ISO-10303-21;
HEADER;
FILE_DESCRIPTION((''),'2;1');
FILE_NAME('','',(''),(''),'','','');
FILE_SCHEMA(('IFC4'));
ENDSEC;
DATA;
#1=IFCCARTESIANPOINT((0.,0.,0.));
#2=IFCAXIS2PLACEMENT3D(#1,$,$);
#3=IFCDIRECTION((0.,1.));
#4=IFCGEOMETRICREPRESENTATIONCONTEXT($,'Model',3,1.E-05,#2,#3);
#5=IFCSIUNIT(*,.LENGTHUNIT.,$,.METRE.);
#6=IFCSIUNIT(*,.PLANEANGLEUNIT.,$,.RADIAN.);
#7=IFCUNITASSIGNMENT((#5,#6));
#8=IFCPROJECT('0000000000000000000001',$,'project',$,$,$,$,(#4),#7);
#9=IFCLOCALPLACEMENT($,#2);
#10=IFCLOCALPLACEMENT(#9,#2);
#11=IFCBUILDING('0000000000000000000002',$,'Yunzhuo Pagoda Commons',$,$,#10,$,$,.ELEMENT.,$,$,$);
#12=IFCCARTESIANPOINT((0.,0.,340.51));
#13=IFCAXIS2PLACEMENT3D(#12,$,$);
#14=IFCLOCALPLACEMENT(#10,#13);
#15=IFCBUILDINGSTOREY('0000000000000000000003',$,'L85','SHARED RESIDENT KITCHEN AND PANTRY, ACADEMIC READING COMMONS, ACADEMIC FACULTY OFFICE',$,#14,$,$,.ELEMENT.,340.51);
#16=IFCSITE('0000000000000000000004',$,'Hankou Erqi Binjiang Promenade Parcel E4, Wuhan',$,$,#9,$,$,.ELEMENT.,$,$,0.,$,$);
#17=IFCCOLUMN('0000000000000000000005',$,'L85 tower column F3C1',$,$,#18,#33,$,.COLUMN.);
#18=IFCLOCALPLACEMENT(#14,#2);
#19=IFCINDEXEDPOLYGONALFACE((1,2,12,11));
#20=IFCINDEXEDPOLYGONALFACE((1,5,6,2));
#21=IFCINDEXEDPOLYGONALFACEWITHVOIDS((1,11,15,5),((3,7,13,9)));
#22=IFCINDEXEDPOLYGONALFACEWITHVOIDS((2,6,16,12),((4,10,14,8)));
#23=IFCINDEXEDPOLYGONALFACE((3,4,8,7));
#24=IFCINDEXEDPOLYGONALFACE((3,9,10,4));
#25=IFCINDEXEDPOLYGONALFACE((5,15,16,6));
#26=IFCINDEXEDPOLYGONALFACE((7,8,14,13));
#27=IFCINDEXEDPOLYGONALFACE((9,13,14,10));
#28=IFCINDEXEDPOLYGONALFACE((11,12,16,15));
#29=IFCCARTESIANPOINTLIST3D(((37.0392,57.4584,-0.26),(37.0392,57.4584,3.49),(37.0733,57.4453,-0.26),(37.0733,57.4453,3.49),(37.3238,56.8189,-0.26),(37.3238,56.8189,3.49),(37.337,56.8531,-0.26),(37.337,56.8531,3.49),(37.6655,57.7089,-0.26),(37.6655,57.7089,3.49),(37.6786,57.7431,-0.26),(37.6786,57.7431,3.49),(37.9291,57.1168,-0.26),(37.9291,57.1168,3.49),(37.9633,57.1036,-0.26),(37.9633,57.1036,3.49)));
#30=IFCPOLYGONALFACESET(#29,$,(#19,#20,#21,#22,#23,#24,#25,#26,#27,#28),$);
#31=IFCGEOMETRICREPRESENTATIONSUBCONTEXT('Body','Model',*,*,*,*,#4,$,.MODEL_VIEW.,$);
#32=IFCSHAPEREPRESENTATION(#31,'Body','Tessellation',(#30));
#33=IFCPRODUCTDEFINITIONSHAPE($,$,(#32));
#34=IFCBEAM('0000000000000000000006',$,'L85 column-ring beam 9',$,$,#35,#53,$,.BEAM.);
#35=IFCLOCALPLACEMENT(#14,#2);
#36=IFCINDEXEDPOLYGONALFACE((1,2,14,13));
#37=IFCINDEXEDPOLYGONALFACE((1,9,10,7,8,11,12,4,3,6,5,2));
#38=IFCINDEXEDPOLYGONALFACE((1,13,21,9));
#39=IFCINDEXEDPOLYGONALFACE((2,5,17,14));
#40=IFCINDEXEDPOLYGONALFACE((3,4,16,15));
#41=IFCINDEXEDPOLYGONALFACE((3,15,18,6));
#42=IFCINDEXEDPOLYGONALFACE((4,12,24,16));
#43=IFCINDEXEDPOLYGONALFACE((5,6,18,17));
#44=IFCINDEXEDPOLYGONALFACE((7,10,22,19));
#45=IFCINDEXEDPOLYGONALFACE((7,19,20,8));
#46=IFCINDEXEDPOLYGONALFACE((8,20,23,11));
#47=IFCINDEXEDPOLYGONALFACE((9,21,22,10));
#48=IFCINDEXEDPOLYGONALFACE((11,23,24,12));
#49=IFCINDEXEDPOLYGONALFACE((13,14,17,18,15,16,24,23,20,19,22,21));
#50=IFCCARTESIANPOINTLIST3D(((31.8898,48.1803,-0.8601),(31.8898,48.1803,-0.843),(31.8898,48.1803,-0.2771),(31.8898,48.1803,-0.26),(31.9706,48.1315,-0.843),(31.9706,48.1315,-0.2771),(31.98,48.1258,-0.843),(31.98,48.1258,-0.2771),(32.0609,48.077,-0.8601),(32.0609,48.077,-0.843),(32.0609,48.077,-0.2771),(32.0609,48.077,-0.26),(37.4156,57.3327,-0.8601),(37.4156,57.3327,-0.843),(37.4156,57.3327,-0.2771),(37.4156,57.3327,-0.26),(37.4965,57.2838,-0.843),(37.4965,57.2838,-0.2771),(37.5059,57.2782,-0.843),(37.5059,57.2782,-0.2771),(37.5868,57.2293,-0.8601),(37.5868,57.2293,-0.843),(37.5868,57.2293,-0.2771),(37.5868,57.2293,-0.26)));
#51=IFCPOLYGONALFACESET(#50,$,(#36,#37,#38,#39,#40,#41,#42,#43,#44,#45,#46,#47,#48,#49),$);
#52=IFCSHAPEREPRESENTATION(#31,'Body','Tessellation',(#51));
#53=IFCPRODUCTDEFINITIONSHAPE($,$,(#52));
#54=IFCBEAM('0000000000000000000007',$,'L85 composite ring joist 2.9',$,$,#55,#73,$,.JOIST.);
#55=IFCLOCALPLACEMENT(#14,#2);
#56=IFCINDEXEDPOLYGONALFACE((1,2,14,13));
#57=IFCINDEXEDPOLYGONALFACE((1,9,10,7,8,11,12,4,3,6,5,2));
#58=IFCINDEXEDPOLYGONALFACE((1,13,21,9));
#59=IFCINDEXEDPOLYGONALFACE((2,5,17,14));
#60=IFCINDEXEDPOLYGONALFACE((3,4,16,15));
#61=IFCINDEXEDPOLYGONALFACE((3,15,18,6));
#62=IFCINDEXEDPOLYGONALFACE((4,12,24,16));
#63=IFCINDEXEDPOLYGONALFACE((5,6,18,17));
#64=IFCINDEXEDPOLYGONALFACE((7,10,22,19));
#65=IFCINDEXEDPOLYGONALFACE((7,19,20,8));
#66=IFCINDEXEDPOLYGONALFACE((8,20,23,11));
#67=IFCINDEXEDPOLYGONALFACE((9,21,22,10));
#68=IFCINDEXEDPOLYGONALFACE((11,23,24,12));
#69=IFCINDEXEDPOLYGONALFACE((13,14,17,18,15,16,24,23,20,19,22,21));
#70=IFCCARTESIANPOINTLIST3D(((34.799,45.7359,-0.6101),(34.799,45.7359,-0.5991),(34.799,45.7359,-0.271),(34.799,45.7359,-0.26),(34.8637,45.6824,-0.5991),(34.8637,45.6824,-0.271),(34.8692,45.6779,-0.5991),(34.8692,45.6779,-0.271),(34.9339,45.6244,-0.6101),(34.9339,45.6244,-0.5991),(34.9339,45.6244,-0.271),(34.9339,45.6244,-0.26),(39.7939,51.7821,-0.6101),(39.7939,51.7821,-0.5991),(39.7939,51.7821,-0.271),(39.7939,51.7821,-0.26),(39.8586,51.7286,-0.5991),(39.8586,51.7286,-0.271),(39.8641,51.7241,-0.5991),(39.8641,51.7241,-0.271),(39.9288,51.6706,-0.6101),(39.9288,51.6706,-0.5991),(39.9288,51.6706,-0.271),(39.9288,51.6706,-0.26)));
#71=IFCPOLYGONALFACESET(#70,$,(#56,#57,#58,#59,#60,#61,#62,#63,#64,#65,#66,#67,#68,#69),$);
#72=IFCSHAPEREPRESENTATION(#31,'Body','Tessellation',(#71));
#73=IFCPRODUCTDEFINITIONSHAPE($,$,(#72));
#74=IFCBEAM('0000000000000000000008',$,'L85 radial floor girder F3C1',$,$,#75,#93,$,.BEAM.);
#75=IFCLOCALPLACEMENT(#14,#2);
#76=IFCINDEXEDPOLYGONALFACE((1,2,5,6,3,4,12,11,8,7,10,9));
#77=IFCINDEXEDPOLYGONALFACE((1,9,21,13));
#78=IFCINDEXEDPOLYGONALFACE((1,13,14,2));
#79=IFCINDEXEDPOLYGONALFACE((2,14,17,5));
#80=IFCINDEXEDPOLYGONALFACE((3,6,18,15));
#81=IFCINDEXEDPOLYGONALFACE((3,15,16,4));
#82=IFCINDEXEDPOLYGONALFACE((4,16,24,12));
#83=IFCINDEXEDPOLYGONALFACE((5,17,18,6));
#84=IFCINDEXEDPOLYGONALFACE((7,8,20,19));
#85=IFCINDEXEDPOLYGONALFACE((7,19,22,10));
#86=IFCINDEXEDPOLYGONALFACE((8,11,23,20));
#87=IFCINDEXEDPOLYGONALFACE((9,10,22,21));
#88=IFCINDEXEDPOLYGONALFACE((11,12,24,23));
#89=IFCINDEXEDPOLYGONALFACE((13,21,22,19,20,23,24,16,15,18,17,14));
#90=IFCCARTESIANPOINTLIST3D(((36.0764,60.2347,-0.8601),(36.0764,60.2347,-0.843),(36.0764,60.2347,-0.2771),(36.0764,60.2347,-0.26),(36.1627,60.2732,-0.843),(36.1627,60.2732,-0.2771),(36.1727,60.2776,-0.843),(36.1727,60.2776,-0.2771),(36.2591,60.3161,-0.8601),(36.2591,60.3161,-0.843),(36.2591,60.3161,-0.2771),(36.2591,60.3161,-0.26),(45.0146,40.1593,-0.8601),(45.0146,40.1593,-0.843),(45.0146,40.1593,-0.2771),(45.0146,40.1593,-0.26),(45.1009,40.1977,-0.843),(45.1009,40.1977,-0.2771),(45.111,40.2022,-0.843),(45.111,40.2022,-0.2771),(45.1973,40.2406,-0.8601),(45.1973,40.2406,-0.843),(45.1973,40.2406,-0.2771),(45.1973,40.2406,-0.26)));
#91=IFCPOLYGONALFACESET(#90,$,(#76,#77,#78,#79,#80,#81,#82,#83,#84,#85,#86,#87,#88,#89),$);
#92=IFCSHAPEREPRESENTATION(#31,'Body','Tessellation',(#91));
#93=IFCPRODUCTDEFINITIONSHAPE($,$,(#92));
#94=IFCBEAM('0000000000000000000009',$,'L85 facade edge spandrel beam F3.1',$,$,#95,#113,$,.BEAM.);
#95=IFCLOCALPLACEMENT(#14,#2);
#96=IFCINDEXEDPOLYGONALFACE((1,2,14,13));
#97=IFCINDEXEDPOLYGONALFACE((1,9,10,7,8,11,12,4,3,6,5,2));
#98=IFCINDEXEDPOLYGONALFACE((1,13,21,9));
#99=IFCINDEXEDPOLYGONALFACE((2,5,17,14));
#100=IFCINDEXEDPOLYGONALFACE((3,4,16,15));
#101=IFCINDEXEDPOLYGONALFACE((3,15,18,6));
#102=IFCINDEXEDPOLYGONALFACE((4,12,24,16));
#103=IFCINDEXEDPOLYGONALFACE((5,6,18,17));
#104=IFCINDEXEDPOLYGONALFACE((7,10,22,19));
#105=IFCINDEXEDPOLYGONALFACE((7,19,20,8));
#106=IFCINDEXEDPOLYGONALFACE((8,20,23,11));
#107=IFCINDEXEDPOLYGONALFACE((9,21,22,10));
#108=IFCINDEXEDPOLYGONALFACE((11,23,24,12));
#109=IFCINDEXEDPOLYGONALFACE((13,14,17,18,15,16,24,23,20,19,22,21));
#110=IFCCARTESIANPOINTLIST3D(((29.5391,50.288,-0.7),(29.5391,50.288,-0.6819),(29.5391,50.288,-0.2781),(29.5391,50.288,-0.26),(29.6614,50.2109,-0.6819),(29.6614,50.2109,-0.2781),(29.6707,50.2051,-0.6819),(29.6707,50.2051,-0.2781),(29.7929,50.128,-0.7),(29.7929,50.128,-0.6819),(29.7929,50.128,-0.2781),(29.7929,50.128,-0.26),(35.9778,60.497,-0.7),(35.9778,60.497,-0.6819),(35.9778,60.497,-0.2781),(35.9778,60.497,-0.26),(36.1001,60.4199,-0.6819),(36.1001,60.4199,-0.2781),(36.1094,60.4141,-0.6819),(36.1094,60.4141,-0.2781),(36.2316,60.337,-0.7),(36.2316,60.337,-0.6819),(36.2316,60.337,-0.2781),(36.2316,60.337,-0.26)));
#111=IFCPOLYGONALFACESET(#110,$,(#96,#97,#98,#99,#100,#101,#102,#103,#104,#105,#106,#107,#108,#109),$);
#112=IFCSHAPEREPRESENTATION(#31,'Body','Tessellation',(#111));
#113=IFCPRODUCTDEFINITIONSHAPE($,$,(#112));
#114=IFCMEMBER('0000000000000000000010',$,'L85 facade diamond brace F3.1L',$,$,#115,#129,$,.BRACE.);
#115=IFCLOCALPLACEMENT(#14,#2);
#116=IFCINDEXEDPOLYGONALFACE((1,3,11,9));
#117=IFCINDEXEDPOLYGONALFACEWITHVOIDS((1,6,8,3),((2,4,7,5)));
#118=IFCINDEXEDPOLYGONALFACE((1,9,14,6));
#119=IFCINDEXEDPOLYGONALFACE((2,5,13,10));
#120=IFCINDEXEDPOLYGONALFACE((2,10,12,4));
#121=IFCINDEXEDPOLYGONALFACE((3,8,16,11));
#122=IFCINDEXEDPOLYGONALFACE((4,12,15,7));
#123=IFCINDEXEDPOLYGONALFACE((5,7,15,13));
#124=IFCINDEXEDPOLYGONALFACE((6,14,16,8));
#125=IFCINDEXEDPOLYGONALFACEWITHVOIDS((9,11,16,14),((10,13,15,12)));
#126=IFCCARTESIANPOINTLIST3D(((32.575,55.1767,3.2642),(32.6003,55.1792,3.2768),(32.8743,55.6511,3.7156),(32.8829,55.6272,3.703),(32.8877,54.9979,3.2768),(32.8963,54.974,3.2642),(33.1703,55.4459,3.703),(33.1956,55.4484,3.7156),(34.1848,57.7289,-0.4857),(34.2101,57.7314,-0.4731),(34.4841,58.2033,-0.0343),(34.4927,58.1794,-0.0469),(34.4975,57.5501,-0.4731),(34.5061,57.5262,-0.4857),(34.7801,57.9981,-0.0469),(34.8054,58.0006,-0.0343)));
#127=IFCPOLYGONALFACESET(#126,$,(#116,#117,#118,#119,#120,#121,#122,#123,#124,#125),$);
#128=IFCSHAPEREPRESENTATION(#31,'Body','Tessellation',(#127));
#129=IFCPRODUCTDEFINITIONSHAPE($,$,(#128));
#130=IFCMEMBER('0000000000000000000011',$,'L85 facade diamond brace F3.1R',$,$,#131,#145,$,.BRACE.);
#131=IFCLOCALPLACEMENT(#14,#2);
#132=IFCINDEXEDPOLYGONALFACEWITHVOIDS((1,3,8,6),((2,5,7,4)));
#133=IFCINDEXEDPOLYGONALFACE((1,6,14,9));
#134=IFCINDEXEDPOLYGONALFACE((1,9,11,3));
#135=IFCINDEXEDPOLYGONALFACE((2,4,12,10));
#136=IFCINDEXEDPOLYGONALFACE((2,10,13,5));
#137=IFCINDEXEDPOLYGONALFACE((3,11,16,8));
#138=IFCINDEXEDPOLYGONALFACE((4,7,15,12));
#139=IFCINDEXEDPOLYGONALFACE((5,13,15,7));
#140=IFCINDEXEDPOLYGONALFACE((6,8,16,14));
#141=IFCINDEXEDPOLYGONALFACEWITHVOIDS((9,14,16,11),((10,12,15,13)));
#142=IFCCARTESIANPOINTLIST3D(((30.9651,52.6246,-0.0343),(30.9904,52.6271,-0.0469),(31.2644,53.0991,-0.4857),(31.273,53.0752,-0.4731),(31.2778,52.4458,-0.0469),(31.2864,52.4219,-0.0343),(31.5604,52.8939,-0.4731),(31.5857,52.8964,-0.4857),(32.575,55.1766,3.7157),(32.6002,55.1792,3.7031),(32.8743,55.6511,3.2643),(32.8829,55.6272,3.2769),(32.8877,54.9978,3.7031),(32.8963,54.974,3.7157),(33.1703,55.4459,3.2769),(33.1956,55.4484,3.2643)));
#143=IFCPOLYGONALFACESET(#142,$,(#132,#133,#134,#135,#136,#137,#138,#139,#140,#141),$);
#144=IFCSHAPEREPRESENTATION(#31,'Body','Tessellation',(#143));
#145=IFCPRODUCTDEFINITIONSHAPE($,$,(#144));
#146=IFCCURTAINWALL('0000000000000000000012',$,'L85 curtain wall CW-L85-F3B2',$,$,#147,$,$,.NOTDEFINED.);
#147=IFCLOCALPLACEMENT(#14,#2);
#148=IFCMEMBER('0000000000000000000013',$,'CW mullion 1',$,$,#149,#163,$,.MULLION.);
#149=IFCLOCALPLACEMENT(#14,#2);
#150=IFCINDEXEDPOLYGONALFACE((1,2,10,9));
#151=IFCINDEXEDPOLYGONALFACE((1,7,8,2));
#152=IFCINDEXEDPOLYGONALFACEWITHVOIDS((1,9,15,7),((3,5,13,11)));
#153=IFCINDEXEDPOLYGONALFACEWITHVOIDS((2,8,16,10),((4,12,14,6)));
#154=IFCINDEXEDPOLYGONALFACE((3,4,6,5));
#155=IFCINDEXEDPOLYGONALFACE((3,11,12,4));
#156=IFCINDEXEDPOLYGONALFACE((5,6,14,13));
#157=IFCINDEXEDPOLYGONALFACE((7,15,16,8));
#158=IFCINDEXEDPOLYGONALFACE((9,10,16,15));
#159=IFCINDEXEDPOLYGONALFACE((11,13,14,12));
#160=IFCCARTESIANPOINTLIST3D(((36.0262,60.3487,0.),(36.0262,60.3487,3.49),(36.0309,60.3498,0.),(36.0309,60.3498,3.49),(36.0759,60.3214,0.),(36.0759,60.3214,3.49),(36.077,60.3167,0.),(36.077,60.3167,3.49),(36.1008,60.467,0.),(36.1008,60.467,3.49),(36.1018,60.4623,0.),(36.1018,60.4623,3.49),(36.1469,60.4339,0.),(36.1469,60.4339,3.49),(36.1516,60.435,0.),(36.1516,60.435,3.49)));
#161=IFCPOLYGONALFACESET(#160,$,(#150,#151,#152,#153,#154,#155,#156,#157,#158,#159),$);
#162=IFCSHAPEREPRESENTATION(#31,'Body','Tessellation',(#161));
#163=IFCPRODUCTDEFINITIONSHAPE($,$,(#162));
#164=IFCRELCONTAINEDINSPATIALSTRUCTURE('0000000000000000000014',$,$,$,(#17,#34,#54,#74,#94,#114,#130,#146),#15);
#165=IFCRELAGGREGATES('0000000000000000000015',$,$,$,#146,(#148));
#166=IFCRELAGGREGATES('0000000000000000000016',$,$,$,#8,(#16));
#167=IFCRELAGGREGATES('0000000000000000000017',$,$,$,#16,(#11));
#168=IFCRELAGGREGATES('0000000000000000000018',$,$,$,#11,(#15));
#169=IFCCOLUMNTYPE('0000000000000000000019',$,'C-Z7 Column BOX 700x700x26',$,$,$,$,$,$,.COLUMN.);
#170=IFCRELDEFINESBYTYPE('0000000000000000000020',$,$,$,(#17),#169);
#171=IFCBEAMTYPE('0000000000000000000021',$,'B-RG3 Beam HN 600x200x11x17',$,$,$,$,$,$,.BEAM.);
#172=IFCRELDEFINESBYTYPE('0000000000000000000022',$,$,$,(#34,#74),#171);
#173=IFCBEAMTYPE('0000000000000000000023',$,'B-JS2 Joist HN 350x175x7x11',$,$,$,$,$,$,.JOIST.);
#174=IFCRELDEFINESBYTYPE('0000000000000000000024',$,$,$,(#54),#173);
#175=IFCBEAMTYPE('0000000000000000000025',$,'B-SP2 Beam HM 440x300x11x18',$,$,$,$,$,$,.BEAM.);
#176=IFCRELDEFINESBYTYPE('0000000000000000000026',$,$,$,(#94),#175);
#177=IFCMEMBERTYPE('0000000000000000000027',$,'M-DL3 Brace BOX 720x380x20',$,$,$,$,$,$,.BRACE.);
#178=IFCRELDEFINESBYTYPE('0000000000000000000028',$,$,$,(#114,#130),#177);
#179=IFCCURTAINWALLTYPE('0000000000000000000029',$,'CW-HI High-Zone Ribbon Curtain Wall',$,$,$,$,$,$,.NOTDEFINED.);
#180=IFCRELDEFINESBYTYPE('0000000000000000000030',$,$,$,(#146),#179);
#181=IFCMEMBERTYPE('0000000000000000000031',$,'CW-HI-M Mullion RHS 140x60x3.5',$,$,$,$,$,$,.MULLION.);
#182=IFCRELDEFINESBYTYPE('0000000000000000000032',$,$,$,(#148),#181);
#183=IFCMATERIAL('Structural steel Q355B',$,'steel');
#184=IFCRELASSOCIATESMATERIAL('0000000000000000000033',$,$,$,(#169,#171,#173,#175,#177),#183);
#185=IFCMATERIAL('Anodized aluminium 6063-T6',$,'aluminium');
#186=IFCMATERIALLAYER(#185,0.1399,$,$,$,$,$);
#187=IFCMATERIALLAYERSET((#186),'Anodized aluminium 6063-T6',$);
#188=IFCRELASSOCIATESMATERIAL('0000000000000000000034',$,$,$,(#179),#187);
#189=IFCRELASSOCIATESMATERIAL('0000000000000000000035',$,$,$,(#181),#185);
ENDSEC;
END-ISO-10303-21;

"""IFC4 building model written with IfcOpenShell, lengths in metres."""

from ifc_helpers import new_model, si_unit, direction, frame, origin, origin_2d, place, context, subcontext, project, spatial, hollow_rectangle, i_section, extrude, source, transform, mapped, material, layer, layer_set, material_profile, profile_set, type_object, element, aggregate, save


model = new_model("IFC4")

# Units and contexts
model_context = context("Model", 3, precision=1e-05, world=origin(), true_north=direction((0.0, 1.0)))
body_context = subcontext(model_context, "Body", "Model", "MODEL_VIEW")
ifc_project = project(units=[si_unit("LENGTHUNIT", "METRE"), si_unit("PLANEANGLEUNIT", "RADIAN")], contexts=[model_context])

# Site, building, storey
site_placement = place(None, origin())
site = spatial("IfcSite", under=ifc_project, at=site_placement, Name="Hankou Erqi Binjiang Promenade Parcel E4, Wuhan", CompositionType="ELEMENT", RefElevation=0.0)
building_placement = place(site_placement, origin())
building = spatial("IfcBuilding", under=site, at=building_placement, Name="Yunzhuo Pagoda Commons", CompositionType="ELEMENT")
storey_placement = place(building_placement, frame((0.0, 0.0, 340.51)))
storey = spatial("IfcBuildingStorey", under=building, at=storey_placement, Name="L85", Description="SHARED RESIDENT KITCHEN AND PANTRY, ACADEMIC READING COMMONS, ACADEMIC FACULTY OFFICE", CompositionType="ELEMENT", Elevation=340.51)

# Column
ifc_material_1 = material(Name="Structural steel Q355B", Category="steel")
ifc_material_profile_1 = material_profile(ifc_material_1, hollow_rectangle(XDim=0.7, YDim=0.7, WallThickness=0.0259, at=origin_2d()), Name="Structural steel Q355B")
ifc_profile_set_1 = profile_set([ifc_material_profile_1], Name="Structural steel Q355B")
column_type = type_object("IfcColumnType", Name="C-Z7 Column BOX 700x700x26", PredefinedType="COLUMN", material=ifc_profile_set_1)
shared_shape_1 = source(origin(), body_context, "Body", "SweptSolid", [
    extrude(hollow_rectangle(XDim=0.7, YDim=0.7, WallThickness=0.0259, at=origin_2d()), origin(), (0.0, 0.0, 1.0), 3.75),
])
column_placement = place(storey_placement, frame((37.5012, 57.281, -0.26), z_axis=(0.0, 0.0, 1.0), x_axis=(-0.913545, -0.406737, 0.0)))
element("IfcColumn", 1, at=column_placement, inside=storey, type_object=column_type, Name="L85 tower column F3C1", PredefinedType="COLUMN", context=body_context, shape_type="MappedRepresentation", body=[
    mapped(shared_shape_1, transform((0.0, 0.0, 0.0), scale=1.0)),
])

# Beams
ifc_material_profile_2 = material_profile(ifc_material_1, i_section(OverallWidth=0.2, OverallDepth=0.6001, WebThickness=0.011, FlangeThickness=0.0171, at=origin_2d()), Name="Structural steel Q355B")
ifc_profile_set_2 = profile_set([ifc_material_profile_2], Name="Structural steel Q355B")
beam_type_1 = type_object("IfcBeamType", Name="B-RG3 Beam HN 600x200x11x17", PredefinedType="BEAM", material=ifc_profile_set_2)
shared_shape_2 = source(origin(), body_context, "Body", "SweptSolid", [
    extrude(i_section(OverallWidth=0.2, OverallDepth=0.6001, WebThickness=0.011, FlangeThickness=0.0171, at=origin_2d()), origin(), (0.0, 0.0, 1.0), 10.6912),
])
beam_1_placement = place(storey_placement, frame((37.5012, 57.281, -0.5601), z_axis=(-0.516865, -0.856067, 0.0), x_axis=(0.856067, -0.516865, 0.0)))
element("IfcBeam", 2, at=beam_1_placement, inside=storey, type_object=beam_type_1, Name="L85 column-ring beam 9", PredefinedType="BEAM", context=body_context, shape_type="MappedRepresentation", body=[
    mapped(shared_shape_2, transform((0.0, 0.0, 0.0), scale=1.0)),
])
ifc_material_profile_3 = material_profile(ifc_material_1, i_section(OverallWidth=0.175, OverallDepth=0.3501, WebThickness=0.0071, FlangeThickness=0.011, at=origin_2d()), Name="Structural steel Q355B")
ifc_profile_set_3 = profile_set([ifc_material_profile_3], Name="Structural steel Q355B")
beam_type_2 = type_object("IfcBeamType", Name="B-JS2 Joist HN 350x175x7x11", PredefinedType="JOIST", material=ifc_profile_set_3)
shared_shape_3 = source(origin(), body_context, "Body", "SweptSolid", [
    extrude(i_section(OverallWidth=0.175, OverallDepth=0.3501, WebThickness=0.0071, FlangeThickness=0.011, at=origin_2d()), origin(), (0.0, 0.0, 1.0), 7.8425),
])
beam_2_placement = place(storey_placement, frame((39.8613, 51.7263, -0.4351), z_axis=(-0.636899, -0.770947, 0.0), x_axis=(0.770947, -0.636899, 0.0)))
element("IfcBeam", 3, at=beam_2_placement, inside=storey, type_object=beam_type_2, Name="L85 composite ring joist 2.9", PredefinedType="JOIST", context=body_context, shape_type="MappedRepresentation", body=[
    mapped(shared_shape_3, transform((0.0, 0.0, 0.0), scale=1.0)),
])
shared_shape_4 = source(origin(), body_context, "Body", "SweptSolid", [
    extrude(i_section(OverallWidth=0.2, OverallDepth=0.6001, WebThickness=0.011, FlangeThickness=0.0171, at=origin_2d()), origin(), (0.0, 0.0, 1.0), 21.9753),
])
beam_3_placement = place(storey_placement, frame((36.1677, 60.2754, -0.5601), z_axis=(0.406739, -0.913544, 0.0), x_axis=(0.913544, 0.406739, 0.0)))
element("IfcBeam", 4, at=beam_3_placement, inside=storey, type_object=beam_type_1, Name="L85 radial floor girder F3C1", PredefinedType="BEAM", context=body_context, shape_type="MappedRepresentation", body=[
    mapped(shared_shape_4, transform((0.0, 0.0, 0.0), scale=1.0)),
])
ifc_material_profile_4 = material_profile(ifc_material_1, i_section(OverallWidth=0.3, OverallDepth=0.4399, WebThickness=0.011, FlangeThickness=0.0181, at=origin_2d()), Name="Structural steel Q355B")
ifc_profile_set_4 = profile_set([ifc_material_profile_4], Name="Structural steel Q355B")
beam_type_3 = type_object("IfcBeamType", Name="B-SP2 Beam HM 440x300x11x18", PredefinedType="BEAM", material=ifc_profile_set_4)
shared_shape_5 = source(origin(), body_context, "Body", "SweptSolid", [
    extrude(i_section(OverallWidth=0.3, OverallDepth=0.4399, WebThickness=0.011, FlangeThickness=0.0181, at=origin_2d()), origin(), (0.0, 0.0, 1.0), 12.0698),
])
beam_4_placement = place(storey_placement, frame((36.1047, 60.417, -0.48), z_axis=(-0.533456, -0.845828, 0.0), x_axis=(0.845828, -0.533456, 0.0)))
element("IfcBeam", 5, at=beam_4_placement, inside=storey, type_object=beam_type_3, Name="L85 facade edge spandrel beam F3.1", PredefinedType="BEAM", context=body_context, shape_type="MappedRepresentation", body=[
    mapped(shared_shape_5, transform((0.0, 0.0, 0.0), scale=1.0)),
])

# Members
ifc_material_profile_5 = material_profile(ifc_material_1, hollow_rectangle(XDim=0.3799, YDim=0.72, WallThickness=0.02, at=origin_2d()), Name="Structural steel Q355B")
ifc_profile_set_5 = profile_set([ifc_material_profile_5], Name="Structural steel Q355B")
member_type_1 = type_object("IfcMemberType", Name="M-DL3 Brace BOX 720x380x20", PredefinedType="BRACE", material=ifc_profile_set_5)
shared_shape_6 = source(origin(), body_context, "Body", "SweptSolid", [
    extrude(hollow_rectangle(XDim=0.3799, YDim=0.72, WallThickness=0.02, at=origin_2d()), origin(), (0.0, 0.0, 1.0), 4.8132),
])
for number, where, z_axis, x_axis, name in (
    (6, (34.4951, 57.8647, -0.26), (-0.33446, -0.530246, 0.779087), (0.8458, -0.5335, 0.0), "L85 facade diamond brace F3.1L"),
    (7, (31.2754, 52.7605, -0.26), (0.334469, 0.530209, 0.779108), (-0.845777, 0.533536, 0.0), "L85 facade diamond brace F3.1R"),
):
    element("IfcMember", number, at=place(storey_placement, frame(where, z_axis=z_axis, x_axis=x_axis)), inside=storey, type_object=member_type_1, Name=name, PredefinedType="BRACE", context=body_context, shape_type="MappedRepresentation", body=[
        mapped(shared_shape_6, transform((0.0, 0.0, 0.0), scale=1.0)),
    ])

# Curtain wall, member
ifc_material_2 = material(Name="Anodized aluminium 6063-T6", Category="aluminium")
ifc_layer_1 = layer(ifc_material_2, 0.1399)
ifc_layer_set_1 = layer_set([ifc_layer_1], Name="Anodized aluminium 6063-T6")
curtain_wall_type = type_object("IfcCurtainWallType", Name="CW-HI High-Zone Ribbon Curtain Wall", PredefinedType="NOTDEFINED", material=ifc_layer_set_1)
curtain_wall_1_placement = place(storey_placement, origin())
curtain_wall_1 = element("IfcCurtainWall", 8, at=curtain_wall_1_placement, inside=storey, type_object=curtain_wall_type, Name="L85 curtain wall CW-L85-F3B2", PredefinedType="NOTDEFINED")
ifc_material_profile_6 = material_profile(ifc_material_2, hollow_rectangle(XDim=0.0601, YDim=0.1399, WallThickness=0.0034, at=origin_2d()), Name="Anodized aluminium 6063-T6")
ifc_profile_set_6 = profile_set([ifc_material_profile_6], Name="Anodized aluminium 6063-T6")
member_type_2 = type_object("IfcMemberType", Name="CW-HI-M Mullion RHS 140x60x3.5", PredefinedType="MULLION", material=ifc_profile_set_6)
shared_shape_7 = source(origin(), body_context, "Body", "SweptSolid", [
    extrude(hollow_rectangle(XDim=0.0601, YDim=0.1399, WallThickness=0.0034, at=origin_2d()), origin(), (0.0, 0.0, 1.0), 3.49),
])
member_1_placement = place(storey_placement, frame((36.0889, 60.3918, 0.0), z_axis=(0.0, 0.0, 1.0), x_axis=(0.845818, -0.533472, 0.0)))
member_1 = element("IfcMember", 9, at=member_1_placement, type_object=member_type_2, Name="CW mullion 1", PredefinedType="MULLION", context=body_context, shape_type="MappedRepresentation", body=[
    mapped(shared_shape_7, transform((0.0, 0.0, 0.0), scale=1.0)),
])

aggregate(curtain_wall_1, [member_1])

save(model, "model.ifc")
